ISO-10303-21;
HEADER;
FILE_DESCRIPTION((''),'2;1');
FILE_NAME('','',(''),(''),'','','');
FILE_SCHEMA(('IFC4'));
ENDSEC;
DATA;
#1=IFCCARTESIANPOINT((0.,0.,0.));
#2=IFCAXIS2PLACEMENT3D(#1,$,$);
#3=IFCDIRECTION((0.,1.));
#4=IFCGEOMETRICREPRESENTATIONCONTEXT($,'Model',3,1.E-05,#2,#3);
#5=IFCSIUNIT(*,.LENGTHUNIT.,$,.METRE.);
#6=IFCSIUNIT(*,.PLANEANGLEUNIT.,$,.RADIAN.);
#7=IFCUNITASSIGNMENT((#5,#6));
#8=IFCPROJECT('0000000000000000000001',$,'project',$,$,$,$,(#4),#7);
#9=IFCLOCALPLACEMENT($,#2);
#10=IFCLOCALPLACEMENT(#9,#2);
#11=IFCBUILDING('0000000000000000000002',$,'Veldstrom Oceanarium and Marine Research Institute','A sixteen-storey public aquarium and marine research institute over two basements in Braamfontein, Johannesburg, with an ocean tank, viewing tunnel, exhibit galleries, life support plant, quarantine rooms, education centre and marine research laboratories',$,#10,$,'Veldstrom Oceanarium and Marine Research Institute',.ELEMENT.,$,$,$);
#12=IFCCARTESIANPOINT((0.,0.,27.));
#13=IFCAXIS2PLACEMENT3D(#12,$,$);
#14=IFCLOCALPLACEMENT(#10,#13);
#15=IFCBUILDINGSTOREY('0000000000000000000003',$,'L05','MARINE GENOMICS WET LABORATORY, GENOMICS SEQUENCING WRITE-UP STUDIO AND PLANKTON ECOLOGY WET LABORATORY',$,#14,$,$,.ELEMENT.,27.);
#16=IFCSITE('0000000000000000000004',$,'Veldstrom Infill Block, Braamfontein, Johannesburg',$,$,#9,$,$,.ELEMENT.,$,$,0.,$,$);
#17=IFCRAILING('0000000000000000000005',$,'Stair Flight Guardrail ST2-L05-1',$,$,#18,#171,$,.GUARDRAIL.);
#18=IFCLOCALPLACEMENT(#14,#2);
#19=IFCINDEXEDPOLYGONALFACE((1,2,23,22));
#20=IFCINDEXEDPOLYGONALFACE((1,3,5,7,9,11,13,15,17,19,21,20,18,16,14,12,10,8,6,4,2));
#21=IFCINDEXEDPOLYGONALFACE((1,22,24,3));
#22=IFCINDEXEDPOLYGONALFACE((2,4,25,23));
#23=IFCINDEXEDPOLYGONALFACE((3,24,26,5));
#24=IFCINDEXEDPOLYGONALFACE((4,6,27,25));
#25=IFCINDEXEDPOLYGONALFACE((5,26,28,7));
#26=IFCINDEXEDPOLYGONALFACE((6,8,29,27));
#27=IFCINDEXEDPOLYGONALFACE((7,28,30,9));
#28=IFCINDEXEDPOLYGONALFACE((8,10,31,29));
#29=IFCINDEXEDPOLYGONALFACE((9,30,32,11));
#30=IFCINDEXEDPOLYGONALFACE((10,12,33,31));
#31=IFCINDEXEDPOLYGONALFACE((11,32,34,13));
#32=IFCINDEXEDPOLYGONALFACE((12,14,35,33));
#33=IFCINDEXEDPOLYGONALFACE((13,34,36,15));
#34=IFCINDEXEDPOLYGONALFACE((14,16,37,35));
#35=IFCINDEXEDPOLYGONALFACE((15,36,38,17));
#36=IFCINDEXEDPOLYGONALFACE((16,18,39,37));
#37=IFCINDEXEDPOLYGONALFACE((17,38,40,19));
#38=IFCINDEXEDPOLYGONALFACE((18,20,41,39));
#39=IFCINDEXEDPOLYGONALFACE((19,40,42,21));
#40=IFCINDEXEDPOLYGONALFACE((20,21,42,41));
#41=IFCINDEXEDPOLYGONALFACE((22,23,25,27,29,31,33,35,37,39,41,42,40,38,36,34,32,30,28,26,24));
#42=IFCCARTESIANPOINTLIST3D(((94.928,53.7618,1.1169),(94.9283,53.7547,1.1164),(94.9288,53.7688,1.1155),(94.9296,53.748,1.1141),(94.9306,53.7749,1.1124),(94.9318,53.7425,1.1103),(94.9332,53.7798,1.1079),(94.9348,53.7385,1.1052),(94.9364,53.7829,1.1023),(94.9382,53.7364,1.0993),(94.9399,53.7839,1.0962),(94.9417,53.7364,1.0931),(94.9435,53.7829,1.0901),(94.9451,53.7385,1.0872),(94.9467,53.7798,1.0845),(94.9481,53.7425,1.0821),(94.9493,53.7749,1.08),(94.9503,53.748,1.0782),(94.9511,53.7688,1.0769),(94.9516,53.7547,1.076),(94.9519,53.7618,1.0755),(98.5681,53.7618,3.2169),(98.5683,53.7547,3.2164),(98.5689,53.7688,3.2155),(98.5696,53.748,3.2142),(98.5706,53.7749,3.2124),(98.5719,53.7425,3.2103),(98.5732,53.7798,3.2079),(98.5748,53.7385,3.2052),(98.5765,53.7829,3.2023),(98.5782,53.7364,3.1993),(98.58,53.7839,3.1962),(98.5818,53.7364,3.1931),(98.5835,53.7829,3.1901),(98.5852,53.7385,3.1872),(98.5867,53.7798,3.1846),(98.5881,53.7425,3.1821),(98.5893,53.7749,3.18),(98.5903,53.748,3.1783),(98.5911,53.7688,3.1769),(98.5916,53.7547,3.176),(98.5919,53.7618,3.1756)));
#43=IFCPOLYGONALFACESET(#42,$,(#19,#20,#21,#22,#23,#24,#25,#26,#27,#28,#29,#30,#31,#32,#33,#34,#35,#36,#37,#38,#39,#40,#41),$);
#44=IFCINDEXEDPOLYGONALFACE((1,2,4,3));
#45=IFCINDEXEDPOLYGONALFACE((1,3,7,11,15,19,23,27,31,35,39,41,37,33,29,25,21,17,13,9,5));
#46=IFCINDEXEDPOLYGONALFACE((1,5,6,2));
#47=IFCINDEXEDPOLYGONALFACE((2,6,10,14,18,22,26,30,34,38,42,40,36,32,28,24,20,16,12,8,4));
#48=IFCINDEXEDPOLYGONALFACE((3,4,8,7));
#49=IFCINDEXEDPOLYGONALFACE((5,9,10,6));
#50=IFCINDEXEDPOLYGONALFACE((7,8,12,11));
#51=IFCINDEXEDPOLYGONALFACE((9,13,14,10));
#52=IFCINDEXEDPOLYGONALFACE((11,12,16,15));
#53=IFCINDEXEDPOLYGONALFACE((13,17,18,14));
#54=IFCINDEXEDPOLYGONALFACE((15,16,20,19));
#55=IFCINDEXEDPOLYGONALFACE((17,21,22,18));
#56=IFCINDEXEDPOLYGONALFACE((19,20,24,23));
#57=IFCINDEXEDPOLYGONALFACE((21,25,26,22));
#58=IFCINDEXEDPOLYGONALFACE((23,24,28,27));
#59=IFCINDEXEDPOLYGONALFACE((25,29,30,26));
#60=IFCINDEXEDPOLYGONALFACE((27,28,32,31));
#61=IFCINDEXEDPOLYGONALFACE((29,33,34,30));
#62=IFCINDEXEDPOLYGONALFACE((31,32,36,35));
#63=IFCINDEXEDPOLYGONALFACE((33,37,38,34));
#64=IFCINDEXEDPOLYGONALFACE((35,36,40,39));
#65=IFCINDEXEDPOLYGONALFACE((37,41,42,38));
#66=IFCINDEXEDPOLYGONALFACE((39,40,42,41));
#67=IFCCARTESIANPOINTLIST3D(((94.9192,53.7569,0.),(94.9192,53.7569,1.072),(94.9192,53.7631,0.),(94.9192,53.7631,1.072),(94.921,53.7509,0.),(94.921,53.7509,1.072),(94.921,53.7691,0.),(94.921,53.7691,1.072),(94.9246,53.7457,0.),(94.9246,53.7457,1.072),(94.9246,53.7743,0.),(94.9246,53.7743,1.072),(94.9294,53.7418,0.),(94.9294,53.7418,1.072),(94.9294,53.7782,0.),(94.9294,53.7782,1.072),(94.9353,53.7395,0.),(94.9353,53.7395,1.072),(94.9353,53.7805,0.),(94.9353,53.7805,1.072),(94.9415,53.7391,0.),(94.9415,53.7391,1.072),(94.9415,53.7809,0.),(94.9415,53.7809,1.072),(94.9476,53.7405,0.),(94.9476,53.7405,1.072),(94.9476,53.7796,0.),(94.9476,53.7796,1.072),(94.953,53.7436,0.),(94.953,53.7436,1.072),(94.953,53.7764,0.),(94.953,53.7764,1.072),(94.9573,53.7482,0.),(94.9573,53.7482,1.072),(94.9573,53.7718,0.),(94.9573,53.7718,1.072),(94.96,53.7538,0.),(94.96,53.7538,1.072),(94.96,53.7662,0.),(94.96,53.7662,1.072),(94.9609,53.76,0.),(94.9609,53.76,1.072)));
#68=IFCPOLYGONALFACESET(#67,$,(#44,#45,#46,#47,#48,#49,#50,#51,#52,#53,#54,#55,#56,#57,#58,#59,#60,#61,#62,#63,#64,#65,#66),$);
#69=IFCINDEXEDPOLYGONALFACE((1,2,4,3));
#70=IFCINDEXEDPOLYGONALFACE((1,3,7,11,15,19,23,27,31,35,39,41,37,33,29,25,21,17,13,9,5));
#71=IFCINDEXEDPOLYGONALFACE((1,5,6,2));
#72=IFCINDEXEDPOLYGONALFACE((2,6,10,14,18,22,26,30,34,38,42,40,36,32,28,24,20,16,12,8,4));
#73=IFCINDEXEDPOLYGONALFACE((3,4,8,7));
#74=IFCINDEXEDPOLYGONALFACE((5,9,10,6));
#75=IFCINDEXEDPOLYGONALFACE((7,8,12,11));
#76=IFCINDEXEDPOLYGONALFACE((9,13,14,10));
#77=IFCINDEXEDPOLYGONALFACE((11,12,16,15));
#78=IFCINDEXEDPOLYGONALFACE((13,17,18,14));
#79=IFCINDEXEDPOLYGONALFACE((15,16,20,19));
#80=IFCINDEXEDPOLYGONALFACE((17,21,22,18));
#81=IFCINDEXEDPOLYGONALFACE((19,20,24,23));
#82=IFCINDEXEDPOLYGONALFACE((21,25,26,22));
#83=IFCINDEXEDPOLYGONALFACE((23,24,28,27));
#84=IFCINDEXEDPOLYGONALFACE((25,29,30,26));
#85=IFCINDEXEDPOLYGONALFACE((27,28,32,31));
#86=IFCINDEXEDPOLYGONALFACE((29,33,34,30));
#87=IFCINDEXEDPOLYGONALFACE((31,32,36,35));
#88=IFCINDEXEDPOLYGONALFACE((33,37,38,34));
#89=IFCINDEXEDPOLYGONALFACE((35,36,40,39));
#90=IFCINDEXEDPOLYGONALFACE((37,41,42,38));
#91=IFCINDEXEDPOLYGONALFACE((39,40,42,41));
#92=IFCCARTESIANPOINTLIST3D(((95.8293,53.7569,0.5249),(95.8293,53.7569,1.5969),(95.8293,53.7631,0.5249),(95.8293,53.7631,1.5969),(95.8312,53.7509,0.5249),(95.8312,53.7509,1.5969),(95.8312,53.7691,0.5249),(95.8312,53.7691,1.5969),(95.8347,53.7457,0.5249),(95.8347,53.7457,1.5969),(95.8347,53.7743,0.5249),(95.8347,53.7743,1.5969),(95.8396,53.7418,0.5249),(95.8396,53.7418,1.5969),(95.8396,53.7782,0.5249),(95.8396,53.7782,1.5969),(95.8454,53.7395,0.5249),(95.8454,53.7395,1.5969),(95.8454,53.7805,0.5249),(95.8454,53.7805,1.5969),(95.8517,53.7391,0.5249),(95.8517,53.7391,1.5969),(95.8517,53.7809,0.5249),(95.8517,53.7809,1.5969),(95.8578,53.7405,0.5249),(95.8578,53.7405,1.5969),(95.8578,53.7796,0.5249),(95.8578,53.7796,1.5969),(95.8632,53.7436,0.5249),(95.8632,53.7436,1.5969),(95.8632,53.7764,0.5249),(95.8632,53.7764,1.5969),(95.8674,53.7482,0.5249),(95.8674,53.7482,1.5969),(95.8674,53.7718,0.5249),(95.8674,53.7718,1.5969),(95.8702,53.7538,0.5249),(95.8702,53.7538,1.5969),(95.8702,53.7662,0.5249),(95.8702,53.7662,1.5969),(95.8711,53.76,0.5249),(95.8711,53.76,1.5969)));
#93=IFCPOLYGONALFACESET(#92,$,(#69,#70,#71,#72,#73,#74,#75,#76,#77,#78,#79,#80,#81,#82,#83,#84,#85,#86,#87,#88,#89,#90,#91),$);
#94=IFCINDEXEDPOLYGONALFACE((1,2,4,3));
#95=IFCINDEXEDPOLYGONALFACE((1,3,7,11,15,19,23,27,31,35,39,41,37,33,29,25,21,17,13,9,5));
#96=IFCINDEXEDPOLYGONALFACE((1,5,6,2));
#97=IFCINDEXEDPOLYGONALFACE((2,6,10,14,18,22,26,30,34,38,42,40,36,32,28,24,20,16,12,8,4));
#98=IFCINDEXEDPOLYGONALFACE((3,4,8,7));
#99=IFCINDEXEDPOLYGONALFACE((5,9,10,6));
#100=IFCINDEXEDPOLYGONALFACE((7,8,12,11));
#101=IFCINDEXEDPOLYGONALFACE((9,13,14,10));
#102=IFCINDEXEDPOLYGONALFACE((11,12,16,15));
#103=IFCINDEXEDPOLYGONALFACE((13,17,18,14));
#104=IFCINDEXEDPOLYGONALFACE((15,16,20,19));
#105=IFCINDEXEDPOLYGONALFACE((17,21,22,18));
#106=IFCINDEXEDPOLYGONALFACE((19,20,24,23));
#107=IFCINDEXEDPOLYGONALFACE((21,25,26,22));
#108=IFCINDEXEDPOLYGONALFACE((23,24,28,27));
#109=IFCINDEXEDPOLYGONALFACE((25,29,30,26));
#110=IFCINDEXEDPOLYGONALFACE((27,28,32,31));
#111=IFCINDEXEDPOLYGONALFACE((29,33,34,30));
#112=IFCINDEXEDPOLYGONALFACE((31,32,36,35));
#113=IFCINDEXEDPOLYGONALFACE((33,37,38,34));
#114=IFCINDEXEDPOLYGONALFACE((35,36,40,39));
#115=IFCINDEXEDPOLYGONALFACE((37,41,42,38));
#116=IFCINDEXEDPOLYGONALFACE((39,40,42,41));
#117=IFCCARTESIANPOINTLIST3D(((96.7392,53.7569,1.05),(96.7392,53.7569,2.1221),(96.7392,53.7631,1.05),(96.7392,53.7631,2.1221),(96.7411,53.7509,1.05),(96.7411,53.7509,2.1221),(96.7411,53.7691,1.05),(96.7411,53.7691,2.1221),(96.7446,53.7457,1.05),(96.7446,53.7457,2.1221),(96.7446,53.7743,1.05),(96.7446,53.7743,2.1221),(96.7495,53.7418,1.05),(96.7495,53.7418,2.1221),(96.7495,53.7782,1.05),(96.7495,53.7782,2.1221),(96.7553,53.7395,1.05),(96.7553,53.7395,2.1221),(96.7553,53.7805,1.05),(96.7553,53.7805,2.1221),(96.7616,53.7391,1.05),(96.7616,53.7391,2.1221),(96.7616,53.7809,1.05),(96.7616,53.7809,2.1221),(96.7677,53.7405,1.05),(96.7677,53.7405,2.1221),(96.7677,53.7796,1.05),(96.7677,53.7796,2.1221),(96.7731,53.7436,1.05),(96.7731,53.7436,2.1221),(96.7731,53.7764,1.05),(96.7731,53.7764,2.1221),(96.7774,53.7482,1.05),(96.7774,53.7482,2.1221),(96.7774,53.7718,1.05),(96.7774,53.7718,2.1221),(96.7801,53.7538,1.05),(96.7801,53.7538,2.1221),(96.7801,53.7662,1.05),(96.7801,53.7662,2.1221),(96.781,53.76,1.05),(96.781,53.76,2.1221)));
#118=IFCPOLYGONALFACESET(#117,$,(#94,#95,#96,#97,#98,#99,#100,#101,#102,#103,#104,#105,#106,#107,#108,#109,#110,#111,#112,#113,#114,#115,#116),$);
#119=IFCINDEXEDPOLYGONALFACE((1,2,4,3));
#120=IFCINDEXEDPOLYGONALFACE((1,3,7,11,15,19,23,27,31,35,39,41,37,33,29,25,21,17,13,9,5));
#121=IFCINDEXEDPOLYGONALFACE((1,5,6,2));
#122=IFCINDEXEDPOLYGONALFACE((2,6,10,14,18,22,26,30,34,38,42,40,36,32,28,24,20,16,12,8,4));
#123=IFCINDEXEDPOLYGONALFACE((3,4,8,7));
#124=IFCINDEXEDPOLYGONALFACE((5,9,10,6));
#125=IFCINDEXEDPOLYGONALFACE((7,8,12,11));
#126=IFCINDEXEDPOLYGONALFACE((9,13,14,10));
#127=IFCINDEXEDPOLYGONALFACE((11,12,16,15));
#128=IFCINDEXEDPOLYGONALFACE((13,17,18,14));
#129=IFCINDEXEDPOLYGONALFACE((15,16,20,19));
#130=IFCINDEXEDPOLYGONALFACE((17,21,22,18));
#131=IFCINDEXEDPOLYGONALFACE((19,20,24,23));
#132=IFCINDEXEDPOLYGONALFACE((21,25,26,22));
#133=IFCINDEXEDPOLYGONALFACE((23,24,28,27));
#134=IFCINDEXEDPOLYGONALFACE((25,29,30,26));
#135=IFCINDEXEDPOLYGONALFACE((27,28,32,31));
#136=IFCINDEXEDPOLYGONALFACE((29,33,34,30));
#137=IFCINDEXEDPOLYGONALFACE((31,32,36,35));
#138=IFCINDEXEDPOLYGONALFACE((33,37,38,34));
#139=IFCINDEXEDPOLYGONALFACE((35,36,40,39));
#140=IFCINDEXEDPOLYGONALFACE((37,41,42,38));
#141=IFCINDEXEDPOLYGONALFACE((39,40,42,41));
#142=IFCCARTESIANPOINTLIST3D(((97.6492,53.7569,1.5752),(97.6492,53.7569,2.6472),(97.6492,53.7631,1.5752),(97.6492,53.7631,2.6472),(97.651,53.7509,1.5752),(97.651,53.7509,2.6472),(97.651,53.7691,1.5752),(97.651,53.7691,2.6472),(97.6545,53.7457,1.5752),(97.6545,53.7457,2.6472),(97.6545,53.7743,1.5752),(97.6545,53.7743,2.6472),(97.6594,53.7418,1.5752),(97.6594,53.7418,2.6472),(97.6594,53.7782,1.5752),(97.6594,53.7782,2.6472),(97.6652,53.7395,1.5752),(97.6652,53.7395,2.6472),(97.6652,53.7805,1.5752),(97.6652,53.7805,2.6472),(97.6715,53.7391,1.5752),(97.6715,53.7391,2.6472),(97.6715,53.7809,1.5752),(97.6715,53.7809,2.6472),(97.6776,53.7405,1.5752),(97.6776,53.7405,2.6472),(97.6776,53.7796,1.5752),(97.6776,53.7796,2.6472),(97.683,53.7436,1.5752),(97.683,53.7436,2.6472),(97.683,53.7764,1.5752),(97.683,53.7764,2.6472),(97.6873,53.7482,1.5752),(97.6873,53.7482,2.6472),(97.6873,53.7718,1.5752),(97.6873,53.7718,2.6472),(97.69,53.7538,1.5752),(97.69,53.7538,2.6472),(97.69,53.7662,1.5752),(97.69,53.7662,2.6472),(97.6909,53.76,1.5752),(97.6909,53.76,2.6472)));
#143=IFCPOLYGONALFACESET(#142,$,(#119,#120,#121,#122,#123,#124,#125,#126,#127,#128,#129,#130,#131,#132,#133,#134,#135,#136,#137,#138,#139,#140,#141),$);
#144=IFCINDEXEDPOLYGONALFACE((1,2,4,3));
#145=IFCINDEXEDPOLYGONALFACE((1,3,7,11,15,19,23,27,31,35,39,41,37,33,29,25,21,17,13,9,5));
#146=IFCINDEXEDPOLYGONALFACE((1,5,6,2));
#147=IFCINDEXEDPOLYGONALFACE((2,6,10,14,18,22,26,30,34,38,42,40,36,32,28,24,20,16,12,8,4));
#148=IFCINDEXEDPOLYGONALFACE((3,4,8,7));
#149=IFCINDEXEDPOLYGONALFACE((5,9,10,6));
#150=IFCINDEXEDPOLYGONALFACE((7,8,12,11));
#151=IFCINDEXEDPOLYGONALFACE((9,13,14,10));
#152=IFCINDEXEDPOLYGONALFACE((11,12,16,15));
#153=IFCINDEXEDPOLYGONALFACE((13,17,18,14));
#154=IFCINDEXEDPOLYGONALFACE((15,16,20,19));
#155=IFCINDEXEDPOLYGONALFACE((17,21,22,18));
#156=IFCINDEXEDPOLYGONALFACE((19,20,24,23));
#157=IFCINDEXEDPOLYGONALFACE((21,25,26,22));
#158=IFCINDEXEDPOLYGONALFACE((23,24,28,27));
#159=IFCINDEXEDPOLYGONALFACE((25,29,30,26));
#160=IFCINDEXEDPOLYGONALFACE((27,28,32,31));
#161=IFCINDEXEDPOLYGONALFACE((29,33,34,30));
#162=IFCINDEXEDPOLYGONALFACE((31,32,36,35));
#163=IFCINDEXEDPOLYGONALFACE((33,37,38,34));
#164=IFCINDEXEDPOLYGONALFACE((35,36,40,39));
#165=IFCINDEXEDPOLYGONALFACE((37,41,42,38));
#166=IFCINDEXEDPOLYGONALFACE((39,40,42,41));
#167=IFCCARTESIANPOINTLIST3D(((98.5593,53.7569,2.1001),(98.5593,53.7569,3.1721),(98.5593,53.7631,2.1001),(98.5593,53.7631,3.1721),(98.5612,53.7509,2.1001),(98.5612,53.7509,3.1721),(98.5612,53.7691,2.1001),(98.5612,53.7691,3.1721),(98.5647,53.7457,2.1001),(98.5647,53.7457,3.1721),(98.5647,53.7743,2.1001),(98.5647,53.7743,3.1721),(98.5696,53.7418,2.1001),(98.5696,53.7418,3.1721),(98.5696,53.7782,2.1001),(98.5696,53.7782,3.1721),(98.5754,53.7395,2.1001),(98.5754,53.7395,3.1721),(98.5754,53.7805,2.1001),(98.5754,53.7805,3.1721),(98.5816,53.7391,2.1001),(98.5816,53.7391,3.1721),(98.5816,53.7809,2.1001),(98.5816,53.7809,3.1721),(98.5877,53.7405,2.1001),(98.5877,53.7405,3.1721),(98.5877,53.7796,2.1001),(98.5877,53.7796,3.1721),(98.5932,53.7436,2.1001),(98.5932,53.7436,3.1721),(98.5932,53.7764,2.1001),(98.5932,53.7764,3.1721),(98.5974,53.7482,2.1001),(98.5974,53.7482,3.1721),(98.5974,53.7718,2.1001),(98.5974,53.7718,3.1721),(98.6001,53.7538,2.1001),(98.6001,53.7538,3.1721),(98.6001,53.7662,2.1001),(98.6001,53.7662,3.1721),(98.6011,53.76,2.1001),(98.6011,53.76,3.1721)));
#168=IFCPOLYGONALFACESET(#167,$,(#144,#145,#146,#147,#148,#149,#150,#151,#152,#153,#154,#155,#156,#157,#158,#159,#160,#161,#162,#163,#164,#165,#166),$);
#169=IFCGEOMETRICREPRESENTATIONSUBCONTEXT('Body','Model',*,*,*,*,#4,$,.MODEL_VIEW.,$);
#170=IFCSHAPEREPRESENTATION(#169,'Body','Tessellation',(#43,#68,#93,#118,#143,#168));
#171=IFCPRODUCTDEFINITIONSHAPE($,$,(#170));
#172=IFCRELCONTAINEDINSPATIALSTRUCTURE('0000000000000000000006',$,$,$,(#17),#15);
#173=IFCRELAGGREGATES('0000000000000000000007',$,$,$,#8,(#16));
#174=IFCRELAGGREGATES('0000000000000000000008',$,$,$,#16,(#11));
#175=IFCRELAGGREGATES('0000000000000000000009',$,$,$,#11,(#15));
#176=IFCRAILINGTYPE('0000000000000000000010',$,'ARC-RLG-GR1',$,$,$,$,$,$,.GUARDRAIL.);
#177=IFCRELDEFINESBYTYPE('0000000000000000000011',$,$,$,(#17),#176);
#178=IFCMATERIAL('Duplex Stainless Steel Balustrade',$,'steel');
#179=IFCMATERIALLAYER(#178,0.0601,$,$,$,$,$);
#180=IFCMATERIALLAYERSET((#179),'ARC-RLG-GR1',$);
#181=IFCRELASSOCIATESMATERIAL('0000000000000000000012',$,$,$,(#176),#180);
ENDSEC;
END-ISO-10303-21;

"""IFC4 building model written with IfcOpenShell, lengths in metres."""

from ifc_helpers import new_model, si_unit, direction, frame, origin, origin_2d, place, context, subcontext, project, spatial, circle, extrude, material, layer, layer_set, type_object, element, save


model = new_model("IFC4")

# Units and contexts
model_context = context("Model", 3, precision=1e-05, world=origin(), true_north=direction((0.0, 1.0)))
body_context = subcontext(model_context, "Body", "Model", "MODEL_VIEW")
ifc_project = project(units=[si_unit("LENGTHUNIT", "METRE"), si_unit("PLANEANGLEUNIT", "RADIAN")], contexts=[model_context])

# Site, building, storey
site_placement = place(None, origin())
site = spatial("IfcSite", under=ifc_project, at=site_placement, Name="Veldstrom Infill Block, Braamfontein, Johannesburg", CompositionType="ELEMENT", RefElevation=0.0)
building_placement = place(site_placement, origin())
building = spatial("IfcBuilding", under=site, at=building_placement, Name="Veldstrom Oceanarium and Marine Research Institute", Description="A sixteen-storey public aquarium and marine research institute over two basements in Braamfontein, Johannesburg, with an ocean tank, viewing tunnel, exhibit galleries, life support plant, quarantine rooms, education centre and marine research laboratories", LongName="Veldstrom Oceanarium and Marine Research Institute", CompositionType="ELEMENT")
storey_placement = place(building_placement, frame((0.0, 0.0, 27.0)))
storey = spatial("IfcBuildingStorey", under=building, at=storey_placement, Name="L05", Description="MARINE GENOMICS WET LABORATORY, GENOMICS SEQUENCING WRITE-UP STUDIO AND PLANKTON ECOLOGY WET LABORATORY", CompositionType="ELEMENT", Elevation=27.0)

# Railing
ifc_material_1 = material(Name="Duplex Stainless Steel Balustrade", Category="steel")
ifc_layer_1 = layer(ifc_material_1, 0.0601)
ifc_layer_set_1 = layer_set([ifc_layer_1], Name="ARC-RLG-GR1")
railing_type_1 = type_object("IfcRailingType", Name="ARC-RLG-GR1", PredefinedType="GUARDRAIL", material=ifc_layer_set_1)
railing_1_placement = place(storey_placement, frame((94.9399, 53.76, 0.0)))
element("IfcRailing", 1, at=railing_1_placement, inside=storey, type_object=railing_type_1, Name="Stair Flight Guardrail ST2-L05-1", PredefinedType="GUARDRAIL", context=body_context, shape_type="SweptSolid", body=[
    extrude(circle(Radius=0.0239, at=origin_2d()), frame((0.0, 0.0, 1.0962), z_axis=(0.866184, 0.0, 0.499726), x_axis=(0.0, 1.0, 0.0)), (0.0, 0.0, 1.0), 4.2024),
    extrude(circle(Radius=0.021, at=origin_2d()), origin(), (0.0, 0.0, 1.0), 1.072),
    extrude(circle(Radius=0.021, at=origin_2d()), frame((0.9102, 0.0, 0.5249)), (0.0, 0.0, 1.0), 1.072),
    extrude(circle(Radius=0.021, at=origin_2d()), frame((1.8201, 0.0, 1.05)), (0.0, 0.0, 1.0), 1.072),
    extrude(circle(Radius=0.021, at=origin_2d()), frame((2.73, 0.0, 1.5752)), (0.0, 0.0, 1.0), 1.072),
    extrude(circle(Radius=0.021, at=origin_2d()), frame((3.6401, 0.0, 2.1001)), (0.0, 0.0, 1.0), 1.072),
])

save(model, "model.ifc")
